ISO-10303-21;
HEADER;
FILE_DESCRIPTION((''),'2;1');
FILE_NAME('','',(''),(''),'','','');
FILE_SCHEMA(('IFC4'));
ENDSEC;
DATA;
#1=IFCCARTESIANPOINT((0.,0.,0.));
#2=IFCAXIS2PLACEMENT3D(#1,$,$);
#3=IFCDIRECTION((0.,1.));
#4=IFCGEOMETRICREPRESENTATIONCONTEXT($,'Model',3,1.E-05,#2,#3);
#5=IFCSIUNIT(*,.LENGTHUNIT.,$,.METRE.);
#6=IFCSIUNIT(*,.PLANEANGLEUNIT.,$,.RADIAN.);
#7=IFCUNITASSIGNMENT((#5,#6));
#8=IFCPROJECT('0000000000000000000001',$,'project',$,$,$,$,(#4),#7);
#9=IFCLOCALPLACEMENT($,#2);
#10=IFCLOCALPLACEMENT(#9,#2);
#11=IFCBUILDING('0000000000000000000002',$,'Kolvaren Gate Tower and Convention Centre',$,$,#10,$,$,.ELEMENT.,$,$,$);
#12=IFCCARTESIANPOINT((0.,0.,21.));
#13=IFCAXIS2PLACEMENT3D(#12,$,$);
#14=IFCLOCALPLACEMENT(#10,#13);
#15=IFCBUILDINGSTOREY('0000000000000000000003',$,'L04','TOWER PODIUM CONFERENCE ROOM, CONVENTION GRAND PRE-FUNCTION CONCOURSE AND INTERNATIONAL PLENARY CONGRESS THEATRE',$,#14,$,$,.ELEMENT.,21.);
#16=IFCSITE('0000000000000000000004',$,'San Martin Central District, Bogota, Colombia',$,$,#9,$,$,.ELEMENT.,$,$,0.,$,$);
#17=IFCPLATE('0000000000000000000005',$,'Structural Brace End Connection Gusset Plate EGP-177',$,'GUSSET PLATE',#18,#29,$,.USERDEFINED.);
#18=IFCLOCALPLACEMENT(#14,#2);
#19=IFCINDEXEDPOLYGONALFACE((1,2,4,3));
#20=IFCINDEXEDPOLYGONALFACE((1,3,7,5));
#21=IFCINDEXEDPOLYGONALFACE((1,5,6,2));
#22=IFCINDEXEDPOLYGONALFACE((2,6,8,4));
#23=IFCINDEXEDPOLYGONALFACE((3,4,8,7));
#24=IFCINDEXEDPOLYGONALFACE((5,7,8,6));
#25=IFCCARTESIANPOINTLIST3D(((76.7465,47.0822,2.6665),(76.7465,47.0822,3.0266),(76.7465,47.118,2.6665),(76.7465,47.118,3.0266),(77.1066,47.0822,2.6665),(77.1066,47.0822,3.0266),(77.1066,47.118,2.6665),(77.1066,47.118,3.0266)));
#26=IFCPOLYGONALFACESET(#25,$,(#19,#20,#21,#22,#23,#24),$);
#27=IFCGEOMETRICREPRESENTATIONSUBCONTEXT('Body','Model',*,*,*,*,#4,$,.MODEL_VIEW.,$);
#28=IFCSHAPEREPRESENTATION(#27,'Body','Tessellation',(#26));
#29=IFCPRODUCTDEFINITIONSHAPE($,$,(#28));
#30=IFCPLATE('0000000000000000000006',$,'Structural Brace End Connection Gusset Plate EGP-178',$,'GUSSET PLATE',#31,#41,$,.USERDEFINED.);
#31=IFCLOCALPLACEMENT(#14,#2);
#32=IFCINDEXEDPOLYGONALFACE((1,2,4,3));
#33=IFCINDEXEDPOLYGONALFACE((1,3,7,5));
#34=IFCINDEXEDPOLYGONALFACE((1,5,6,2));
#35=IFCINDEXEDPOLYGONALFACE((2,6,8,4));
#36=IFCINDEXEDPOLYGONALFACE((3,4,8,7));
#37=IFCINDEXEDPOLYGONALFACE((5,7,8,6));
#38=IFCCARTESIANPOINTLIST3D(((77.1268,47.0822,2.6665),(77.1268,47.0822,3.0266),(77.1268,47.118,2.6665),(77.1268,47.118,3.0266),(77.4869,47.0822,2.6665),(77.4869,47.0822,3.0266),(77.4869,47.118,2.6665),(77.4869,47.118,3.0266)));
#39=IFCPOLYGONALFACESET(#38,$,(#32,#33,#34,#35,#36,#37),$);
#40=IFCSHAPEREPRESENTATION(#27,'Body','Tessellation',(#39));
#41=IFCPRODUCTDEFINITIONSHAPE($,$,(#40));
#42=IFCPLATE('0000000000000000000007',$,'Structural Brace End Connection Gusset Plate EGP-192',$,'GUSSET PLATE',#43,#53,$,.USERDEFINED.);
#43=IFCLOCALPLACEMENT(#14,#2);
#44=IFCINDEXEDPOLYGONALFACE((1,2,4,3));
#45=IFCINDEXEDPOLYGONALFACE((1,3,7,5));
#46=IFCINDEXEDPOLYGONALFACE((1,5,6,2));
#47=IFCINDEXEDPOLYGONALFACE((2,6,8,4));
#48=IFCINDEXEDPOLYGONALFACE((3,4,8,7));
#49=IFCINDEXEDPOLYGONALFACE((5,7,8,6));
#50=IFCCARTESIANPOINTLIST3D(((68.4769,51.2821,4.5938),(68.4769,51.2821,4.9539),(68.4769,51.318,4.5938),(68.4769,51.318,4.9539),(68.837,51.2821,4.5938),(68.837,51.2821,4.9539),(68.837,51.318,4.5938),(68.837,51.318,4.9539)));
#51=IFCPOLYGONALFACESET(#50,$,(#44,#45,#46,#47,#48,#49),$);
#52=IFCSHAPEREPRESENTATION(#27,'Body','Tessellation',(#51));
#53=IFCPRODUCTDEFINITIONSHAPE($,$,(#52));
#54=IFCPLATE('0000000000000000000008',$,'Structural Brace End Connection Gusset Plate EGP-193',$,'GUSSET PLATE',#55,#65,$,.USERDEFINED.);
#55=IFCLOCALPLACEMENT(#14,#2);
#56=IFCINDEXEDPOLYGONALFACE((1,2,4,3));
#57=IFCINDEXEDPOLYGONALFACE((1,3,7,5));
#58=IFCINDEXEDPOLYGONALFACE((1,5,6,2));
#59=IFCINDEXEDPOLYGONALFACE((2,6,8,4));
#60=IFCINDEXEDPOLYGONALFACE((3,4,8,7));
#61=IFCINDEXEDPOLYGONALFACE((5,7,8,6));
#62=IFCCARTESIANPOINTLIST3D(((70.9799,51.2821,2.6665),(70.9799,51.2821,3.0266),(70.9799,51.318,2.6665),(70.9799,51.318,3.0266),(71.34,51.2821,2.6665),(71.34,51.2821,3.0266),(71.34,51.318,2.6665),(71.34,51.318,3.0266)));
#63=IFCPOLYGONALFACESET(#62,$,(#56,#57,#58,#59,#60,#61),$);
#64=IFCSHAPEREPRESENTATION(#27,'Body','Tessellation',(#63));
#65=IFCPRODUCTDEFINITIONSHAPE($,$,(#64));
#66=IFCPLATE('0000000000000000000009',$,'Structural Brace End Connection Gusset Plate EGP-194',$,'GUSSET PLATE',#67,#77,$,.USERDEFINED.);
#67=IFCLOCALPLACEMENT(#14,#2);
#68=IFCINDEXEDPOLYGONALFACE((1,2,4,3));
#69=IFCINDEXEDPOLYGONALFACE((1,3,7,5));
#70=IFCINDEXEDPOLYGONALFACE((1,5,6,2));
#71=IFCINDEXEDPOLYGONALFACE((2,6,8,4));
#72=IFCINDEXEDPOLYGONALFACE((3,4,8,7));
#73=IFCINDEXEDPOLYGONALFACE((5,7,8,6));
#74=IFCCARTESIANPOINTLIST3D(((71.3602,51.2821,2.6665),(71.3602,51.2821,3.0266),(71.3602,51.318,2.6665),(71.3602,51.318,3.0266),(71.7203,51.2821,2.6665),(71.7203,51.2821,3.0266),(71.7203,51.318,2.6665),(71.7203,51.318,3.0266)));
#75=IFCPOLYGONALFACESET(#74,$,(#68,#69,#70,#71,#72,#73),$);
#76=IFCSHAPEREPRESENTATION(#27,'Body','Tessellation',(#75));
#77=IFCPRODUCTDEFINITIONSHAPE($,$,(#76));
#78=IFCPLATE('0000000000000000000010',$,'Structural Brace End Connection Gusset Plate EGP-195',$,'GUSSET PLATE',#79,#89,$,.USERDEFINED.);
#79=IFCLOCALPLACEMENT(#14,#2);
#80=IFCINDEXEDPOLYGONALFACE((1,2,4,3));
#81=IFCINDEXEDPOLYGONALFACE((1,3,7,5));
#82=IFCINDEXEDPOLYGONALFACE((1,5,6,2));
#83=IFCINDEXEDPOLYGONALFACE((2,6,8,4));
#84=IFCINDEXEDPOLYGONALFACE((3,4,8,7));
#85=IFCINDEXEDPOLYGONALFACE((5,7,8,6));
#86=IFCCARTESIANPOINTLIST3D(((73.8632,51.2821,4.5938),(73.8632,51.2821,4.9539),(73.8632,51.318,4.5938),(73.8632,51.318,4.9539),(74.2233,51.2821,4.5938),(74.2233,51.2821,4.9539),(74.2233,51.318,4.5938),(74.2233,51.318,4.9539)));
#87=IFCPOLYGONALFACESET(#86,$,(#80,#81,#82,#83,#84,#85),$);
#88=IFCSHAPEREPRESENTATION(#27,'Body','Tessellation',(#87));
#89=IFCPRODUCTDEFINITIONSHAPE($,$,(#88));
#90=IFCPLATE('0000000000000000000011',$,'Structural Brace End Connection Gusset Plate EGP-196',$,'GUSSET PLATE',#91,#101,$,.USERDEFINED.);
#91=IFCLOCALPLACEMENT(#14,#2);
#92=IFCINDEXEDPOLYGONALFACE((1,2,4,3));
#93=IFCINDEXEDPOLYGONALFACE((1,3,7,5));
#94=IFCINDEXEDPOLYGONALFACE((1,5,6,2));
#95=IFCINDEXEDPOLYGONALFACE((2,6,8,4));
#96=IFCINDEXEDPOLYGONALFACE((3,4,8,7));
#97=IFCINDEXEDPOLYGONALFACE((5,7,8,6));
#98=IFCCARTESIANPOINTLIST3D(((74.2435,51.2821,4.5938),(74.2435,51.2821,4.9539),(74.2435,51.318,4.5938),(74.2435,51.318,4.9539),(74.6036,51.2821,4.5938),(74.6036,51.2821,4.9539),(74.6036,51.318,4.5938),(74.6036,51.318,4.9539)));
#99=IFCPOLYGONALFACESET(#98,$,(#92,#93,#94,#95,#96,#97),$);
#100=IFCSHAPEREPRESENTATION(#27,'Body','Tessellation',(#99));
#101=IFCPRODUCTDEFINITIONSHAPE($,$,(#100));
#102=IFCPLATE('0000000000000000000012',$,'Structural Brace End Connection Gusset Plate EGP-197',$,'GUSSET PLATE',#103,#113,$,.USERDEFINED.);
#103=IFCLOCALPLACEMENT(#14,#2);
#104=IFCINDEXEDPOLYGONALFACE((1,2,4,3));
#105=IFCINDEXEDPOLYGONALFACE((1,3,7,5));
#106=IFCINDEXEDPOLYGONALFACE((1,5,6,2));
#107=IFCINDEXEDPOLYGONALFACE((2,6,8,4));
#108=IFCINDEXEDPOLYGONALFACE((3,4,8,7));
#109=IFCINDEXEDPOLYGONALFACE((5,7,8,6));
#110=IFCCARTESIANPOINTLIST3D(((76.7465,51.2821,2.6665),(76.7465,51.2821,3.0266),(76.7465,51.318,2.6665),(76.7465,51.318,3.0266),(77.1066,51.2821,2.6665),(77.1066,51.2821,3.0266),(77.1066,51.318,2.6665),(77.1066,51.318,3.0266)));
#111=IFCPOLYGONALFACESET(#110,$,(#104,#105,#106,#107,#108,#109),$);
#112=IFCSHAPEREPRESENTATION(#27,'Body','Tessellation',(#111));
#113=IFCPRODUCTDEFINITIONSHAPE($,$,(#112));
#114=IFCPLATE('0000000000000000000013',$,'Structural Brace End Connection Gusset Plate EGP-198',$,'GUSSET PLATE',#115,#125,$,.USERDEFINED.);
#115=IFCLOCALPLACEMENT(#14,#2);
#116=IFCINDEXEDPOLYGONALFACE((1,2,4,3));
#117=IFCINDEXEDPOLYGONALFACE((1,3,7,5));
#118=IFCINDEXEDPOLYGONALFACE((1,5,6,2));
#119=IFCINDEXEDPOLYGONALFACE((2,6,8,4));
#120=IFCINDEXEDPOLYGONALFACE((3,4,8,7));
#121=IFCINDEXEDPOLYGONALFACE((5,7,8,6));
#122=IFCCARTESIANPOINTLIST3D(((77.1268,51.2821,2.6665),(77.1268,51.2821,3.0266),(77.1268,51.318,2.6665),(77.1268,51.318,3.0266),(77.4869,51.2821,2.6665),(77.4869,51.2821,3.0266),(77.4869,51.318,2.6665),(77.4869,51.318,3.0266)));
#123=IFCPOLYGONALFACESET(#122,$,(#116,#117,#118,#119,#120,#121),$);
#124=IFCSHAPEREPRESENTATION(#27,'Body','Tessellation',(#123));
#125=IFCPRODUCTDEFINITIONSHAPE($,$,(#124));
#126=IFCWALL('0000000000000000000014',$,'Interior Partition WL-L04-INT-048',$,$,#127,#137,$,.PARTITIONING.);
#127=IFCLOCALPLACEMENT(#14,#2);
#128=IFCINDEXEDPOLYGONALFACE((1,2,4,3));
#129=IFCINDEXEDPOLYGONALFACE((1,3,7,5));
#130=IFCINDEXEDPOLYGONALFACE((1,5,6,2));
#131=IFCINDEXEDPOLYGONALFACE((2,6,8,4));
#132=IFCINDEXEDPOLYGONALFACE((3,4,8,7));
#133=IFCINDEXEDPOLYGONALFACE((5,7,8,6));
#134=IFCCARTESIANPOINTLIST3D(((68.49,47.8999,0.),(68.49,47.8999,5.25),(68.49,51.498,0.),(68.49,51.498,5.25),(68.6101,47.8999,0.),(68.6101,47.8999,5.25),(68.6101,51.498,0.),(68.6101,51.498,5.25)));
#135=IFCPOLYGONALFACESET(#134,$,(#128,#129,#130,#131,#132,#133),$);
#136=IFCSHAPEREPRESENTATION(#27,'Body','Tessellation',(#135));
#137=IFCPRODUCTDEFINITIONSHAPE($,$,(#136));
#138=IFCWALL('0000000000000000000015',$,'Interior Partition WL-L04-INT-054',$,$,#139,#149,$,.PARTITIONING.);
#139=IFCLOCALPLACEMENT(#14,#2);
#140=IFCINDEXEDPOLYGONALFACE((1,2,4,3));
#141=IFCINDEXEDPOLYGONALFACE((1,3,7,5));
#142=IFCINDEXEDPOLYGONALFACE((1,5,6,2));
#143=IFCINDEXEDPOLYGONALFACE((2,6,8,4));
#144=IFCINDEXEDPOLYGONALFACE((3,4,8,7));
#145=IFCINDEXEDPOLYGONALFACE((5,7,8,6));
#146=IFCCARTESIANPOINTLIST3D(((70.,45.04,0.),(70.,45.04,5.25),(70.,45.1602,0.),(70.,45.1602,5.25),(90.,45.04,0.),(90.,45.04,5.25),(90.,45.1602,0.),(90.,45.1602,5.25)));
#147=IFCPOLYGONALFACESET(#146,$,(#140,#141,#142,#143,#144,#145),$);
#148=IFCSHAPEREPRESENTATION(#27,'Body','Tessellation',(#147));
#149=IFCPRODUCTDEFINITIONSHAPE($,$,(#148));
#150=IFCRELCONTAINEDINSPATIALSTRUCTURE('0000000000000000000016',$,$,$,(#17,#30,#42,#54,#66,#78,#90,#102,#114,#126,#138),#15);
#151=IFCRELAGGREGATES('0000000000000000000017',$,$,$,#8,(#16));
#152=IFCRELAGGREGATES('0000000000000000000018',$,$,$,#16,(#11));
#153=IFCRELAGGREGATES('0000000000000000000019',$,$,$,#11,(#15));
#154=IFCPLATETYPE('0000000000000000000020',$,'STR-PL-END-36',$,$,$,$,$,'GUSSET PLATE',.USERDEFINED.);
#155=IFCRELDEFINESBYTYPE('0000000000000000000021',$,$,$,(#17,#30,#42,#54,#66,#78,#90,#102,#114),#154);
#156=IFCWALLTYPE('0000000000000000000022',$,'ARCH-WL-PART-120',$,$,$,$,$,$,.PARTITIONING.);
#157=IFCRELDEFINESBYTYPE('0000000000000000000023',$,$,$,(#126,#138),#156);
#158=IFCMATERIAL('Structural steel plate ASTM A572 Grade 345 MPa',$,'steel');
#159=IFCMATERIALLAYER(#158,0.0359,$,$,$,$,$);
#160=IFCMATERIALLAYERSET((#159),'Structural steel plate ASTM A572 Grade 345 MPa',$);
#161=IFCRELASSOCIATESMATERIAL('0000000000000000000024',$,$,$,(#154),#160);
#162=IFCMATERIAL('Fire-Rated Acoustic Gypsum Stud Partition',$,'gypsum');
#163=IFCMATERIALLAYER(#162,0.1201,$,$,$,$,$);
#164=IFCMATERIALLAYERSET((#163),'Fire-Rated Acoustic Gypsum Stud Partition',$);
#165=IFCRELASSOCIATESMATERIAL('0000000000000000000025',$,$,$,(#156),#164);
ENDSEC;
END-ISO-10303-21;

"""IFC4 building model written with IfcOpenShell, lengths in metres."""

from ifc_helpers import new_model, si_unit, direction, frame, frame_2d, origin, origin_2d, place, context, subcontext, project, spatial, rectangle, extrude, material, layer, layer_set, type_object, element, save


model = new_model("IFC4")

# Units and contexts
model_context = context("Model", 3, precision=1e-05, world=origin(), true_north=direction((0.0, 1.0)))
body_context = subcontext(model_context, "Body", "Model", "MODEL_VIEW")
ifc_project = project(units=[si_unit("LENGTHUNIT", "METRE"), si_unit("PLANEANGLEUNIT", "RADIAN")], contexts=[model_context])

# Site, building, storey
site_placement = place(None, origin())
site = spatial("IfcSite", under=ifc_project, at=site_placement, Name="San Martin Central District, Bogota, Colombia", CompositionType="ELEMENT", RefElevation=0.0)
building_placement = place(site_placement, origin())
building = spatial("IfcBuilding", under=site, at=building_placement, Name="Kolvaren Gate Tower and Convention Centre", CompositionType="ELEMENT")
storey_placement = place(building_placement, frame((0.0, 0.0, 21.0)))
storey = spatial("IfcBuildingStorey", under=building, at=storey_placement, Name="L04", Description="TOWER PODIUM CONFERENCE ROOM, CONVENTION GRAND PRE-FUNCTION CONCOURSE AND INTERNATIONAL PLENARY CONGRESS THEATRE", CompositionType="ELEMENT", Elevation=21.0)

# Plates
ifc_material_1 = material(Name="Structural steel plate ASTM A572 Grade 345 MPa", Category="steel")
ifc_layer_1 = layer(ifc_material_1, 0.0359)
ifc_layer_set_1 = layer_set([ifc_layer_1], Name="Structural steel plate ASTM A572 Grade 345 MPa")
plate_type = type_object("IfcPlateType", Name="STR-PL-END-36", ElementType="GUSSET PLATE", PredefinedType="USERDEFINED", material=ifc_layer_set_1)
for number, where, z_axis, x_axis, name in (
    (1, (76.9265, 47.1001, 2.6665), (0.0, 0.0, 1.0), (1.0, 0.0, 0.0), "Structural Brace End Connection Gusset Plate EGP-177"),
    (2, (77.3069, 47.1001, 2.6665), (0.0, 0.0, 1.0), (1.0, 0.0, 0.0), "Structural Brace End Connection Gusset Plate EGP-178"),
    (3, (68.657, 51.3, 4.5938), (0.0, 0.0, 1.0), (1.0, 0.0, 0.0), "Structural Brace End Connection Gusset Plate EGP-192"),
    (4, (71.1599, 51.3, 2.6665), (0.0, 0.0, 1.0), (1.0, 0.0, 0.0), "Structural Brace End Connection Gusset Plate EGP-193"),
    (5, (71.5403, 51.3, 2.6665), (0.0, 0.0, 1.0), (1.0, 0.0, 0.0), "Structural Brace End Connection Gusset Plate EGP-194"),
    (6, (74.0432, 51.3, 4.5938), (0.0, 0.0, 1.0), (1.0, 0.0, 0.0), "Structural Brace End Connection Gusset Plate EGP-195"),
    (7, (74.4236, 51.3, 4.5938), (0.0, 0.0, 1.0), (1.0, 0.0, 0.0), "Structural Brace End Connection Gusset Plate EGP-196"),
    (8, (76.9265, 51.3, 2.6665), (0.0, 0.0, 1.0), (1.0, 0.0, 0.0), "Structural Brace End Connection Gusset Plate EGP-197"),
    (9, (77.3069, 51.3, 2.6665), (0.0, 0.0, 1.0), (1.0, 0.0, 0.0), "Structural Brace End Connection Gusset Plate EGP-198"),
):
    element("IfcPlate", number, at=place(storey_placement, frame(where, z_axis=z_axis, x_axis=x_axis)), inside=storey, type_object=plate_type, Name=name, ObjectType="GUSSET PLATE", PredefinedType="USERDEFINED", context=body_context, shape_type="SweptSolid", body=[
        extrude(rectangle(XDim=0.3601, YDim=0.0359, at=origin_2d()), origin(), (0.0, 0.0, 1.0), 0.3601),
    ])

# Walls
ifc_material_2 = material(Name="Fire-Rated Acoustic Gypsum Stud Partition", Category="gypsum")
ifc_layer_2 = layer(ifc_material_2, 0.1201)
ifc_layer_set_2 = layer_set([ifc_layer_2], Name="Fire-Rated Acoustic Gypsum Stud Partition")
wall_type = type_object("IfcWallType", Name="ARCH-WL-PART-120", PredefinedType="PARTITIONING", material=ifc_layer_set_2)
wall_1_placement = place(storey_placement, frame((68.55, 47.8999, 0.0), z_axis=(0.0, 0.0, 1.0), x_axis=(0.0, 1.0, 0.0)))
element("IfcWall", 10, at=wall_1_placement, inside=storey, type_object=wall_type, Name="Interior Partition WL-L04-INT-048", PredefinedType="PARTITIONING", context=body_context, shape_type="SweptSolid", body=[
    extrude(rectangle(XDim=3.5981, YDim=0.1201, at=frame_2d((1.7991, 0.0))), origin(), (0.0, 0.0, 1.0), 5.25),
])
wall_2_placement = place(storey_placement, frame((70.0, 45.1001, 0.0), z_axis=(0.0, 0.0, 1.0), x_axis=(1.0, 0.0, 0.0)))
element("IfcWall", 11, at=wall_2_placement, inside=storey, type_object=wall_type, Name="Interior Partition WL-L04-INT-054", PredefinedType="PARTITIONING", context=body_context, shape_type="SweptSolid", body=[
    extrude(rectangle(XDim=20.0, YDim=0.1201, at=frame_2d((10.0, 0.0))), origin(), (0.0, 0.0, 1.0), 5.25),
])

save(model, "model.ifc")
